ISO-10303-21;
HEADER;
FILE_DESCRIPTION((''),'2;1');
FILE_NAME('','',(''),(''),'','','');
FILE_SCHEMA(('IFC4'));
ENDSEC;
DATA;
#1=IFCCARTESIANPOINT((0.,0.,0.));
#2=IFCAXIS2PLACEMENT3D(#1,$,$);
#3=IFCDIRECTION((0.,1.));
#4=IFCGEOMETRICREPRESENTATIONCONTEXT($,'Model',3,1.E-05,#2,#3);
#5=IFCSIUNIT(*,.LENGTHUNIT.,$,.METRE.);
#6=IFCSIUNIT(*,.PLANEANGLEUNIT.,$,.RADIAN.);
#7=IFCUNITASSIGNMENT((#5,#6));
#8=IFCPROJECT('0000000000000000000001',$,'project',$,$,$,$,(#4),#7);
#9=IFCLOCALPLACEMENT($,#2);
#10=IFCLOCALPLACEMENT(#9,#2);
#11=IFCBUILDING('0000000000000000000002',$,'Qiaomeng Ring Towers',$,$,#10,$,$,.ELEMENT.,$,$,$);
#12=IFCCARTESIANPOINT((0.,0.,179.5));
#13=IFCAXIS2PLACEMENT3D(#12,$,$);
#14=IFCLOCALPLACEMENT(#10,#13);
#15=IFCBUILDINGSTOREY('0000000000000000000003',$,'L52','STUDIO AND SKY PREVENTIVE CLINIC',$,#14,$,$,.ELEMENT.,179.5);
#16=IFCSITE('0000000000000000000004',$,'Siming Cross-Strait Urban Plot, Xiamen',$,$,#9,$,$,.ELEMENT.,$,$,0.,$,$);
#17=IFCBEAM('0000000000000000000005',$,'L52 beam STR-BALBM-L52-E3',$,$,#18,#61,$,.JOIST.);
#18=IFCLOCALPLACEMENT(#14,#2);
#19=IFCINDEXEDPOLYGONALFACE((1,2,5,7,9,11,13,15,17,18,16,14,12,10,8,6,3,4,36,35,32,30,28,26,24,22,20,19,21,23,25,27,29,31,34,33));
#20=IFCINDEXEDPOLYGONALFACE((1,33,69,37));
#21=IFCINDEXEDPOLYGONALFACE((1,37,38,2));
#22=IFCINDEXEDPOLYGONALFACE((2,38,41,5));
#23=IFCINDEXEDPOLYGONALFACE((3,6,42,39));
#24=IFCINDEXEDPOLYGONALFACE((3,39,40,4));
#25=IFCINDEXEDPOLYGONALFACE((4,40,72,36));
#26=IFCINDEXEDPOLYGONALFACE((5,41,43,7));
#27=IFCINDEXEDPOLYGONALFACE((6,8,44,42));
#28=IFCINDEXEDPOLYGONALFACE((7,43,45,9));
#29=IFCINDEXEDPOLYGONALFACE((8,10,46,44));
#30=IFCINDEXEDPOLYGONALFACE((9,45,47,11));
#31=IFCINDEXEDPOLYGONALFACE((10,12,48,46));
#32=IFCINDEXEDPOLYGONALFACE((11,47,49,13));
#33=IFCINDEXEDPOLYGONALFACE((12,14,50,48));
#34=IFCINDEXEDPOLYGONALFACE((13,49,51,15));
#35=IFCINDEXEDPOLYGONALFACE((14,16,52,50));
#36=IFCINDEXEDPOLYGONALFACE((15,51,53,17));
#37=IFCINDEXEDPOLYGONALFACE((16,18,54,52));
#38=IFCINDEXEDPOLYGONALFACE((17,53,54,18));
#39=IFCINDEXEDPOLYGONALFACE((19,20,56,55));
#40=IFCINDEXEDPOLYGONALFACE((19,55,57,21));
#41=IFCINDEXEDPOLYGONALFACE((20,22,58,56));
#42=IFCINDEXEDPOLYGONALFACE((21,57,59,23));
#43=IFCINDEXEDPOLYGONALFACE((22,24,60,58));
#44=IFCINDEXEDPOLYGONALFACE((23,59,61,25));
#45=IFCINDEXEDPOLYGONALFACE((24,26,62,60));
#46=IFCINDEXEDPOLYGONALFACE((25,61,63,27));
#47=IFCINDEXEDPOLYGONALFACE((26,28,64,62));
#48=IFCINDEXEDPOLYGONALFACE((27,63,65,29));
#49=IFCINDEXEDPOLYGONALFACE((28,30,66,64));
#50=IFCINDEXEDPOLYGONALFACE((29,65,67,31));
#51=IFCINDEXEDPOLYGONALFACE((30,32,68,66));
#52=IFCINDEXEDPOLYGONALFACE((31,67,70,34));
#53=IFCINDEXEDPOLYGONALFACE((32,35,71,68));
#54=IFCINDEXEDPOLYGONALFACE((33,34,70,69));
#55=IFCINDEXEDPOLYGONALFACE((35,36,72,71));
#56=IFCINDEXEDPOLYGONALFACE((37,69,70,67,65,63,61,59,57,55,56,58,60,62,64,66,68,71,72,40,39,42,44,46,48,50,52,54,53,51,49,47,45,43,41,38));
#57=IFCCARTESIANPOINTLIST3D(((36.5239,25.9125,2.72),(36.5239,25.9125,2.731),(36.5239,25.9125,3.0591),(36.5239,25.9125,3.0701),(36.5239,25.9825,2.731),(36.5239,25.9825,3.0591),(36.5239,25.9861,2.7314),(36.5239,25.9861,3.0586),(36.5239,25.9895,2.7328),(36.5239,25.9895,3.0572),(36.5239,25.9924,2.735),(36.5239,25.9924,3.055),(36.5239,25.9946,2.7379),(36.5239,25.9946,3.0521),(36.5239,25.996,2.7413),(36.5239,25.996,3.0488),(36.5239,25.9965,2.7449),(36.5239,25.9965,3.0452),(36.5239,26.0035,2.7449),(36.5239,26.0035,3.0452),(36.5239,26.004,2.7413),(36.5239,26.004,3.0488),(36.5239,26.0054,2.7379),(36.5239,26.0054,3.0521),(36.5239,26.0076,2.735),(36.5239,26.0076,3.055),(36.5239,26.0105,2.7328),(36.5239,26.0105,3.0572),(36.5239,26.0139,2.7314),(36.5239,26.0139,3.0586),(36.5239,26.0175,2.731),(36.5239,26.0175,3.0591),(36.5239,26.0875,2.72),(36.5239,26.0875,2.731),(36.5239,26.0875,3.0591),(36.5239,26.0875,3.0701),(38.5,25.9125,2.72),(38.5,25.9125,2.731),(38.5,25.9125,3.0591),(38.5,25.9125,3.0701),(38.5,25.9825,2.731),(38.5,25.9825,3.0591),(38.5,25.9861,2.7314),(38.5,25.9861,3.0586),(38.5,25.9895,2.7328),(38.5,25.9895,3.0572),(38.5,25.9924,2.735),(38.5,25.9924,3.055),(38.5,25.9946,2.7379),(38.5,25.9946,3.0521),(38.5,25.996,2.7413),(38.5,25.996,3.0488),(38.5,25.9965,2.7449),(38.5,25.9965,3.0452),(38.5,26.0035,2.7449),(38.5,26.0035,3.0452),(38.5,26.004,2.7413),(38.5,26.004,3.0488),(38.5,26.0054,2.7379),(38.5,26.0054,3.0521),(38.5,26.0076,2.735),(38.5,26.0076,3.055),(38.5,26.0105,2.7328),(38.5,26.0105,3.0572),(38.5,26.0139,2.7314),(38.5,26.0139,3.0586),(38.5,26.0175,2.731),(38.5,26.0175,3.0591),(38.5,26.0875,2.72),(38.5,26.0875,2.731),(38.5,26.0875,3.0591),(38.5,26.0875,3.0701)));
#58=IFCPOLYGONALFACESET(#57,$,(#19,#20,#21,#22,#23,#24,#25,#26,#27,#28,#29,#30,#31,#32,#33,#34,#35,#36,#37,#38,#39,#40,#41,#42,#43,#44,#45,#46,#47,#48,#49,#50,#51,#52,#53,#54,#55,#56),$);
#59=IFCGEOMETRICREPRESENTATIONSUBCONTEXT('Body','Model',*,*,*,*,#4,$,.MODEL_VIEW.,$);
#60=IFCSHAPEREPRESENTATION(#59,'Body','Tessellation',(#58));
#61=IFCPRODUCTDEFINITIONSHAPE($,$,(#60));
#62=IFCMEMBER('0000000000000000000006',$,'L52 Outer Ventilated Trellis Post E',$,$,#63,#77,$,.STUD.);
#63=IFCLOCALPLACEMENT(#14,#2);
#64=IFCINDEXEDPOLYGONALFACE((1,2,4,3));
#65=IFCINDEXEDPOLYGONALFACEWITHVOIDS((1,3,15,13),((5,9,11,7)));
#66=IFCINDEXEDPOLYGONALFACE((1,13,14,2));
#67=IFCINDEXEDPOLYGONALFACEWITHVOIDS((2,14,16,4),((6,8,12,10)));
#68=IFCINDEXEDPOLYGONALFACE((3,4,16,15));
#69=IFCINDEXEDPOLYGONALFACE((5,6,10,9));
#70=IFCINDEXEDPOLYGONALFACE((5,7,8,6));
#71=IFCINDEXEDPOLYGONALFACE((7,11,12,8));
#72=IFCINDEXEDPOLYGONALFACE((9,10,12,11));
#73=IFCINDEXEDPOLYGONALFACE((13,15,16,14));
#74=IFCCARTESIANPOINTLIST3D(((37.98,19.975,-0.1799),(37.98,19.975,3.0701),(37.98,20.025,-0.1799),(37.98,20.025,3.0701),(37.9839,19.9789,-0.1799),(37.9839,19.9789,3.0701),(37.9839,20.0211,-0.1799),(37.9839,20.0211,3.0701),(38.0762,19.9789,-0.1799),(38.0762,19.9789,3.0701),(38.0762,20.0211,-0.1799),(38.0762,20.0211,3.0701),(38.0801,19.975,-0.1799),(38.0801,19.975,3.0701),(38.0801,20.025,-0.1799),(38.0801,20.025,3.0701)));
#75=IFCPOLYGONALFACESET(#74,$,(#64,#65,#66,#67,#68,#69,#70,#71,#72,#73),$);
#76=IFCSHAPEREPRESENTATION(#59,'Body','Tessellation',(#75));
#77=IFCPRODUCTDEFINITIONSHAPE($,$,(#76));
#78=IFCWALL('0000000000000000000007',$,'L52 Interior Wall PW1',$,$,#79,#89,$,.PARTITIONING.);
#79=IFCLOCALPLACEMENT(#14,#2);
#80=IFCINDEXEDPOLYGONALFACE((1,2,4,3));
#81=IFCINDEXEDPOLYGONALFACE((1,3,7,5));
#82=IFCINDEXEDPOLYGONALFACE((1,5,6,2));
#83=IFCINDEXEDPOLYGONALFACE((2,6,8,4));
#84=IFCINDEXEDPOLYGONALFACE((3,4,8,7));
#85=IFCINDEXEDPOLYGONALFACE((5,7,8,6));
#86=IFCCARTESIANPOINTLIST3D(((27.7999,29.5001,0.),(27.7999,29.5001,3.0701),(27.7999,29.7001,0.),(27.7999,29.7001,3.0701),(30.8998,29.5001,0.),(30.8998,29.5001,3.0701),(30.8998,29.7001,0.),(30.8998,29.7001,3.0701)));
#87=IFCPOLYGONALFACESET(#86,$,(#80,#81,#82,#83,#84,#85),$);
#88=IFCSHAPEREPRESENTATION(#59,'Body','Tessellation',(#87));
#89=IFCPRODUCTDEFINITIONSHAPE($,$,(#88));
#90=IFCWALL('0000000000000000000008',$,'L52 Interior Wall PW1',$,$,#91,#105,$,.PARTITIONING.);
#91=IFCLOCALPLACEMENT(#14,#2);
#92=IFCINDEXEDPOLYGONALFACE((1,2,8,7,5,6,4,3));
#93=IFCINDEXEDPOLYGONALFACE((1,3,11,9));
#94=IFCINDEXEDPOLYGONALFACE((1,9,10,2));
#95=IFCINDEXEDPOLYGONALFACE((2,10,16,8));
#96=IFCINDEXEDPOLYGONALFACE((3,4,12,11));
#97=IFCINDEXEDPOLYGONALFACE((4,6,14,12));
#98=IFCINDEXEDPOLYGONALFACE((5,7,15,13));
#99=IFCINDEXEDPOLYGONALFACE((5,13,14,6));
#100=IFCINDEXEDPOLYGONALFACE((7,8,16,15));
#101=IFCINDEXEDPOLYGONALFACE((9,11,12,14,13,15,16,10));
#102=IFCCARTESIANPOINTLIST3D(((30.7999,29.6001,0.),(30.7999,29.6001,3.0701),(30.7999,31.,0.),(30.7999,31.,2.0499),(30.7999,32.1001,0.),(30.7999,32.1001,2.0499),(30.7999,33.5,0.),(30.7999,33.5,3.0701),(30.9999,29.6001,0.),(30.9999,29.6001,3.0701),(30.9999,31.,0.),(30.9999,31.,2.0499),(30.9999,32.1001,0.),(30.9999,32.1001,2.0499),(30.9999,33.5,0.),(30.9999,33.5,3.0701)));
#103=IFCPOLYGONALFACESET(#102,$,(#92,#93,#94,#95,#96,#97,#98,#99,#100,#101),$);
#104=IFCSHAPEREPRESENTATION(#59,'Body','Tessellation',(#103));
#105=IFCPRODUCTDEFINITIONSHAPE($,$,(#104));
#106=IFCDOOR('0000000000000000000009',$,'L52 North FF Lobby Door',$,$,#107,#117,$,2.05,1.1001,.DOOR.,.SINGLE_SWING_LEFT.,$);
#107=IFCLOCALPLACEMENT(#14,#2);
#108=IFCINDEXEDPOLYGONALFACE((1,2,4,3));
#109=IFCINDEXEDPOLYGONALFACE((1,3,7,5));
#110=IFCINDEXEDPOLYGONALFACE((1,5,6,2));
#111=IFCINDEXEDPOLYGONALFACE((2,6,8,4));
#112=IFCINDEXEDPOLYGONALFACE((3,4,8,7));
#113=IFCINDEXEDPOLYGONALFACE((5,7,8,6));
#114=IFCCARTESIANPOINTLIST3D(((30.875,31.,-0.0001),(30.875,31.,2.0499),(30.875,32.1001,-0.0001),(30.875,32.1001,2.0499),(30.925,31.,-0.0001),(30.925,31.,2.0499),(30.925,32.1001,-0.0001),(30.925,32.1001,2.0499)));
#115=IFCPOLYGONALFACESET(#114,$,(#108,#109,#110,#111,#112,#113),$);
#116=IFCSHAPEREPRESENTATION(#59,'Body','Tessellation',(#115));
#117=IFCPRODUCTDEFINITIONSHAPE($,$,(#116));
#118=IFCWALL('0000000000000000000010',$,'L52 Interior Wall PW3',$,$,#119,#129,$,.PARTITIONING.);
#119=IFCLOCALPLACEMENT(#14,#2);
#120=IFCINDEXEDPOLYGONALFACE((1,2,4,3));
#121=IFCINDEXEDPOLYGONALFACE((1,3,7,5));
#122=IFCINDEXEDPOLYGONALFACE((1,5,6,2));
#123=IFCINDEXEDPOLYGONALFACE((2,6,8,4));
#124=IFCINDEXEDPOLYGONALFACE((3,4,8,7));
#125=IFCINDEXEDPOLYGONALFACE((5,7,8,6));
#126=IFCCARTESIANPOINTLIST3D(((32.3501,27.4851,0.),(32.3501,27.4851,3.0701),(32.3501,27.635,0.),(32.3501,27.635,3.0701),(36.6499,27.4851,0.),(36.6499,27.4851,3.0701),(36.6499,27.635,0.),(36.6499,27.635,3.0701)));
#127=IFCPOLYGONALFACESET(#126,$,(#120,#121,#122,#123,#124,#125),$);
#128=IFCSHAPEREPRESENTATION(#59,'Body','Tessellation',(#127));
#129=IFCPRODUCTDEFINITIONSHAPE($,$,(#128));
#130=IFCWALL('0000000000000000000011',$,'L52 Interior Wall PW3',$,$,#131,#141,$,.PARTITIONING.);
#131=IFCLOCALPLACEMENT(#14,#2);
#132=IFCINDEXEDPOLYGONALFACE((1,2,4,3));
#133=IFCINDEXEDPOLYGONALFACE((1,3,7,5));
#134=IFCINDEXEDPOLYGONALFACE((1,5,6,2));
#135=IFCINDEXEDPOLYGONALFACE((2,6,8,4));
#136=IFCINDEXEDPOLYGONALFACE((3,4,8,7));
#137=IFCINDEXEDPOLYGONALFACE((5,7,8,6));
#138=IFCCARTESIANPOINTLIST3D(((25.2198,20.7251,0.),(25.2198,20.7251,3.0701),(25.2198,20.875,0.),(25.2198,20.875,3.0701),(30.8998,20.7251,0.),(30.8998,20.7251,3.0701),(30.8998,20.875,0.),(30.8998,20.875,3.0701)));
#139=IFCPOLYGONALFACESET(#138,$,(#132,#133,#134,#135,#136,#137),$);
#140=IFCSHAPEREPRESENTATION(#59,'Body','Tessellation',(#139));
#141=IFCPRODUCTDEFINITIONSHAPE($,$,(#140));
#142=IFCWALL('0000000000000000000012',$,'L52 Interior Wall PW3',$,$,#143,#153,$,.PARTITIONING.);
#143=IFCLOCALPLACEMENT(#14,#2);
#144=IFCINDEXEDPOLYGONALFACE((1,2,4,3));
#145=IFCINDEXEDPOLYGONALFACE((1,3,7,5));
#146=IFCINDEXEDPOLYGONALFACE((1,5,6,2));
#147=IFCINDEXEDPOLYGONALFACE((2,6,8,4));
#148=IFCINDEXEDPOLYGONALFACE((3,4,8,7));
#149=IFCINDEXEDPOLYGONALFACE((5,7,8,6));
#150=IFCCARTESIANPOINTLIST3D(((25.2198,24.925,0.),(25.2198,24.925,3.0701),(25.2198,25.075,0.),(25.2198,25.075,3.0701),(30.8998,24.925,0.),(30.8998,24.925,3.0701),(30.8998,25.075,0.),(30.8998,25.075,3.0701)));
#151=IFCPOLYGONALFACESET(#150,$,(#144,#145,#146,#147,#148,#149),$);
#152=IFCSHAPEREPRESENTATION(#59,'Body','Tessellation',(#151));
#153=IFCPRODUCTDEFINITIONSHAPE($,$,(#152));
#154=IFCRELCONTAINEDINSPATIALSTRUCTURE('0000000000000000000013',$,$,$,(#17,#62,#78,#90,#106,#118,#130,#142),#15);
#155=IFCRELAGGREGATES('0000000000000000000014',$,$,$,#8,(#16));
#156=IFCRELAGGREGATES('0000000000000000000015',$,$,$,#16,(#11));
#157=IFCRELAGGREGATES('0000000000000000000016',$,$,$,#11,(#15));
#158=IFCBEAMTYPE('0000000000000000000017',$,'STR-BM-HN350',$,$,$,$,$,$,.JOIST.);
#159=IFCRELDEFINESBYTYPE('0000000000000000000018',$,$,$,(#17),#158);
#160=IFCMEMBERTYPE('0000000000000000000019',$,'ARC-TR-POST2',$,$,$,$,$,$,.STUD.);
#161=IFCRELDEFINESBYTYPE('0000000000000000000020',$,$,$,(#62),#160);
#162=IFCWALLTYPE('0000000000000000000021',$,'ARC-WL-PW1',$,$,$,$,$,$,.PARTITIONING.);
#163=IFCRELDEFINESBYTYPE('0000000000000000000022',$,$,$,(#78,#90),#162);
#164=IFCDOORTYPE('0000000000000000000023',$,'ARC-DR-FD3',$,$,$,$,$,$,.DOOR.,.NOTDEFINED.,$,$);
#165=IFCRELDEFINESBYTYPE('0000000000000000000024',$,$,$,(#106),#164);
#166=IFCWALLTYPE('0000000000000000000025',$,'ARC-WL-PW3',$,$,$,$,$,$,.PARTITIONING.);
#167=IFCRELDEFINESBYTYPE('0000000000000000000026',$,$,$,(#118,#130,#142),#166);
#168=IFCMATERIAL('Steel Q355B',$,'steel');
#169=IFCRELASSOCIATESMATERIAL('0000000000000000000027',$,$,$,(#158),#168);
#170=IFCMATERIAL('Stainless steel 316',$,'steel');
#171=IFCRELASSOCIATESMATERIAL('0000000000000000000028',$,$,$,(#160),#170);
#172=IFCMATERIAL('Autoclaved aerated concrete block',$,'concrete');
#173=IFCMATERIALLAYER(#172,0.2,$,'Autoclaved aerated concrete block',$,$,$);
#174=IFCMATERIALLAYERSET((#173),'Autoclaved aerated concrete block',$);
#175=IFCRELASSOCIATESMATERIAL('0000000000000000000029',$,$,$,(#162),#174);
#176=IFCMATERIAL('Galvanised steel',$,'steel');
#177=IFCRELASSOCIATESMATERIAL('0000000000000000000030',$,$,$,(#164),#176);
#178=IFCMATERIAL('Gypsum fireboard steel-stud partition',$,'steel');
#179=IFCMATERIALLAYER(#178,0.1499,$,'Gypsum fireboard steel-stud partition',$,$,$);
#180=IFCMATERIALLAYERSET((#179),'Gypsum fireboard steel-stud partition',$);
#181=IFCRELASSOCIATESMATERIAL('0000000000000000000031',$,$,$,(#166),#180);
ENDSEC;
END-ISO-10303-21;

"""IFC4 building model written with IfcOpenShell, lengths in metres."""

from ifc_helpers import new_model, si_unit, direction, frame, frame_2d, origin, origin_2d, place, context, subcontext, project, spatial, rectangle, hollow_rectangle, i_section, extrude, source, transform, mapped, material, layer, layer_set, material_profile, profile_set, type_object, element, fill, save


model = new_model("IFC4")

# Units and contexts
model_context = context("Model", 3, precision=1e-05, world=origin(), true_north=direction((0.0, 1.0)))
body_context = subcontext(model_context, "Body", "Model", "MODEL_VIEW")
ifc_project = project(units=[si_unit("LENGTHUNIT", "METRE"), si_unit("PLANEANGLEUNIT", "RADIAN")], contexts=[model_context])

# Site, building, storey
site_placement = place(None, origin())
site = spatial("IfcSite", under=ifc_project, at=site_placement, Name="Siming Cross-Strait Urban Plot, Xiamen", CompositionType="ELEMENT", RefElevation=0.0)
building_placement = place(site_placement, origin())
building = spatial("IfcBuilding", under=site, at=building_placement, Name="Qiaomeng Ring Towers", CompositionType="ELEMENT")
storey_placement = place(building_placement, frame((0.0, 0.0, 179.5)))
storey = spatial("IfcBuildingStorey", under=building, at=storey_placement, Name="L52", Description="STUDIO AND SKY PREVENTIVE CLINIC", CompositionType="ELEMENT", Elevation=179.5)

# Beam
ifc_material_1 = material(Name="Steel Q355B", Category="steel")
ifc_material_profile_1 = material_profile(ifc_material_1, i_section(OverallWidth=0.175, OverallDepth=0.3501, WebThickness=0.0071, FlangeThickness=0.011, FilletRadius=0.0139, at=origin_2d()), Name="HN 350x175x7x11")
ifc_profile_set_1 = profile_set([ifc_material_profile_1], Name="Steel Q355B")
beam_type_1 = type_object("IfcBeamType", Name="STR-BM-HN350", PredefinedType="JOIST", material=ifc_profile_set_1)
shared_shape_1 = source(origin(), body_context, "Body", "SweptSolid", [
    extrude(i_section(OverallWidth=0.175, OverallDepth=0.3501, WebThickness=0.0071, FlangeThickness=0.011, FilletRadius=0.0139, at=origin_2d()), origin(), (0.0, 0.0, 1.0), 1.9761),
])
beam_1_placement = place(storey_placement, frame((36.5239, 26.0, 2.895), z_axis=(1.0, 0.0, 0.0), x_axis=(0.0, 1.0, 0.0)))
element("IfcBeam", 1, at=beam_1_placement, inside=storey, type_object=beam_type_1, Name="L52 beam STR-BALBM-L52-E3", PredefinedType="JOIST", context=body_context, shape_type="MappedRepresentation", body=[
    mapped(shared_shape_1, transform((0.0, 0.0, 0.0), x_axis=(1.0, 0.0, 0.0), y_axis=(0.0, 1.0, 0.0), z_axis=(0.0, 0.0, 1.0), scale=1.0)),
])

# Member
ifc_material_2 = material(Name="Stainless steel 316", Category="steel")
ifc_material_profile_2 = material_profile(ifc_material_2, hollow_rectangle(XDim=0.05, YDim=0.1001, WallThickness=0.0039, at=origin_2d()), Name="SS TRELLIS 100x50")
ifc_profile_set_2 = profile_set([ifc_material_profile_2], Name="Stainless steel 316")
member_type = type_object("IfcMemberType", Name="ARC-TR-POST2", PredefinedType="STUD", material=ifc_profile_set_2)
shared_shape_2 = source(origin(), body_context, "Body", "SweptSolid", [
    extrude(hollow_rectangle(XDim=0.05, YDim=0.1001, WallThickness=0.0039, at=origin_2d()), origin(), (0.0, 0.0, 1.0), 3.25),
])
member_placement = place(storey_placement, frame((38.03, 20.0, -0.1799), z_axis=(0.0, 0.0, 1.0), x_axis=(0.0, 1.0, 0.0)))
element("IfcMember", 2, at=member_placement, inside=storey, type_object=member_type, Name="L52 Outer Ventilated Trellis Post E", PredefinedType="STUD", context=body_context, shape_type="MappedRepresentation", body=[
    mapped(shared_shape_2, transform((0.0, 0.0, 0.0), x_axis=(1.0, 0.0, 0.0), y_axis=(0.0, 1.0, 0.0), z_axis=(0.0, 0.0, 1.0), scale=1.0)),
])

# Wall
ifc_material_3 = material(Name="Autoclaved aerated concrete block", Category="concrete")
ifc_layer_1 = layer(ifc_material_3, 0.2, Name="Autoclaved aerated concrete block")
ifc_layer_set_1 = layer_set([ifc_layer_1], Name="Autoclaved aerated concrete block")
wall_type_1 = type_object("IfcWallType", Name="ARC-WL-PW1", PredefinedType="PARTITIONING", material=ifc_layer_set_1)
wall_1_placement = place(storey_placement, frame((27.8, 29.6001, 0.0), z_axis=(0.0, 0.0, 1.0), x_axis=(1.0, 0.0, 0.0)))
element("IfcWall", 3, at=wall_1_placement, inside=storey, type_object=wall_type_1, Name="L52 Interior Wall PW1", PredefinedType="PARTITIONING", context=body_context, shape_type="SweptSolid", body=[
    extrude(rectangle(XDim=3.0999, YDim=0.2, at=frame_2d((1.5498, 0.0))), origin(), (0.0, 0.0, 1.0), 3.0701),
])

# Wall, opening, door
wall_2_placement = place(storey_placement, frame((30.8999, 29.6001, 0.0), z_axis=(0.0, 0.0, 1.0), x_axis=(0.0, 1.0, 0.0)))
wall_2 = element("IfcWall", 4, at=wall_2_placement, inside=storey, type_object=wall_type_1, Name="L52 Interior Wall PW1", PredefinedType="PARTITIONING", context=body_context, shape_type="SweptSolid", body=[
    extrude(rectangle(XDim=3.8999, YDim=0.2, at=frame_2d((1.95, 0.0))), origin(), (0.0, 0.0, 1.0), 3.0701),
])
opening_1_placement = place(wall_2_placement, frame((1.3999, 0.0, 0.0)))
opening_1 = element("IfcOpeningElement", 5, at=opening_1_placement, cuts=wall_2, PredefinedType="OPENING", context=body_context, shape_type="SweptSolid", body=[
    extrude(rectangle(XDim=1.1001, YDim=2.05, at=frame_2d((0.55, 1.0249))), frame((0.0, 0.1099, 0.0), z_axis=(0.0, -1.0, 0.0), x_axis=(1.0, 0.0, 0.0)), (0.0, 0.0, 1.0), 0.22),
])
ifc_material_4 = material(Name="Galvanised steel", Category="steel")
door_type_1 = type_object("IfcDoorType", Name="ARC-DR-FD3", OperationType="NOTDEFINED", PredefinedType="DOOR", material=ifc_material_4)
shared_shape_3 = source(origin(), body_context, "Body", "SweptSolid", [
    extrude(rectangle(XDim=1.1001, YDim=2.05, at=frame_2d((0.55, 1.0249))), frame((0.0, 0.0249, 0.0), z_axis=(0.0, -1.0, 0.0), x_axis=(1.0, 0.0, 0.0)), (0.0, 0.0, 1.0), 0.05),
])
door_1_placement = place(opening_1_placement, origin())
door_1 = element("IfcDoor", 6, at=door_1_placement, inside=storey, type_object=door_type_1, Name="L52 North FF Lobby Door", OperationType="SINGLE_SWING_LEFT", OverallHeight=2.05, OverallWidth=1.1001, PredefinedType="DOOR", context=body_context, shape_type="MappedRepresentation", body=[
    mapped(shared_shape_3, transform((0.0, 0.0, 0.0), x_axis=(1.0, 0.0, 0.0), y_axis=(0.0, 1.0, 0.0), z_axis=(0.0, 0.0, 1.0), scale=1.0)),
])
fill(opening_1, door_1)

# Walls
ifc_material_5 = material(Name="Gypsum fireboard steel-stud partition", Category="steel")
ifc_layer_2 = layer(ifc_material_5, 0.1499, Name="Gypsum fireboard steel-stud partition")
ifc_layer_set_2 = layer_set([ifc_layer_2], Name="Gypsum fireboard steel-stud partition")
wall_type_2 = type_object("IfcWallType", Name="ARC-WL-PW3", PredefinedType="PARTITIONING", material=ifc_layer_set_2)
wall_3_placement = place(storey_placement, frame((32.3501, 27.5601, 0.0), z_axis=(0.0, 0.0, 1.0), x_axis=(1.0, 0.0, 0.0)))
element("IfcWall", 7, at=wall_3_placement, inside=storey, type_object=wall_type_2, Name="L52 Interior Wall PW3", PredefinedType="PARTITIONING", context=body_context, shape_type="SweptSolid", body=[
    extrude(rectangle(XDim=4.2998, YDim=0.1499, at=frame_2d((2.1499, 0.0))), origin(), (0.0, 0.0, 1.0), 3.0701),
])
for number, where, z_axis, x_axis, name in (
    (8, (25.22, 20.8, 0.0), (0.0, 0.0, 1.0), (1.0, 0.0, 0.0), "L52 Interior Wall PW3"),
    (9, (25.22, 25.0, 0.0), (0.0, 0.0, 1.0), (1.0, 0.0, 0.0), "L52 Interior Wall PW3"),
):
    element("IfcWall", number, at=place(storey_placement, frame(where, z_axis=z_axis, x_axis=x_axis)), inside=storey, type_object=wall_type_2, Name=name, PredefinedType="PARTITIONING", context=body_context, shape_type="SweptSolid", body=[
        extrude(rectangle(XDim=5.6799, YDim=0.1499, at=frame_2d((2.8398, 0.0))), origin(), (0.0, 0.0, 1.0), 3.0701),
    ])

save(model, "model.ifc")
